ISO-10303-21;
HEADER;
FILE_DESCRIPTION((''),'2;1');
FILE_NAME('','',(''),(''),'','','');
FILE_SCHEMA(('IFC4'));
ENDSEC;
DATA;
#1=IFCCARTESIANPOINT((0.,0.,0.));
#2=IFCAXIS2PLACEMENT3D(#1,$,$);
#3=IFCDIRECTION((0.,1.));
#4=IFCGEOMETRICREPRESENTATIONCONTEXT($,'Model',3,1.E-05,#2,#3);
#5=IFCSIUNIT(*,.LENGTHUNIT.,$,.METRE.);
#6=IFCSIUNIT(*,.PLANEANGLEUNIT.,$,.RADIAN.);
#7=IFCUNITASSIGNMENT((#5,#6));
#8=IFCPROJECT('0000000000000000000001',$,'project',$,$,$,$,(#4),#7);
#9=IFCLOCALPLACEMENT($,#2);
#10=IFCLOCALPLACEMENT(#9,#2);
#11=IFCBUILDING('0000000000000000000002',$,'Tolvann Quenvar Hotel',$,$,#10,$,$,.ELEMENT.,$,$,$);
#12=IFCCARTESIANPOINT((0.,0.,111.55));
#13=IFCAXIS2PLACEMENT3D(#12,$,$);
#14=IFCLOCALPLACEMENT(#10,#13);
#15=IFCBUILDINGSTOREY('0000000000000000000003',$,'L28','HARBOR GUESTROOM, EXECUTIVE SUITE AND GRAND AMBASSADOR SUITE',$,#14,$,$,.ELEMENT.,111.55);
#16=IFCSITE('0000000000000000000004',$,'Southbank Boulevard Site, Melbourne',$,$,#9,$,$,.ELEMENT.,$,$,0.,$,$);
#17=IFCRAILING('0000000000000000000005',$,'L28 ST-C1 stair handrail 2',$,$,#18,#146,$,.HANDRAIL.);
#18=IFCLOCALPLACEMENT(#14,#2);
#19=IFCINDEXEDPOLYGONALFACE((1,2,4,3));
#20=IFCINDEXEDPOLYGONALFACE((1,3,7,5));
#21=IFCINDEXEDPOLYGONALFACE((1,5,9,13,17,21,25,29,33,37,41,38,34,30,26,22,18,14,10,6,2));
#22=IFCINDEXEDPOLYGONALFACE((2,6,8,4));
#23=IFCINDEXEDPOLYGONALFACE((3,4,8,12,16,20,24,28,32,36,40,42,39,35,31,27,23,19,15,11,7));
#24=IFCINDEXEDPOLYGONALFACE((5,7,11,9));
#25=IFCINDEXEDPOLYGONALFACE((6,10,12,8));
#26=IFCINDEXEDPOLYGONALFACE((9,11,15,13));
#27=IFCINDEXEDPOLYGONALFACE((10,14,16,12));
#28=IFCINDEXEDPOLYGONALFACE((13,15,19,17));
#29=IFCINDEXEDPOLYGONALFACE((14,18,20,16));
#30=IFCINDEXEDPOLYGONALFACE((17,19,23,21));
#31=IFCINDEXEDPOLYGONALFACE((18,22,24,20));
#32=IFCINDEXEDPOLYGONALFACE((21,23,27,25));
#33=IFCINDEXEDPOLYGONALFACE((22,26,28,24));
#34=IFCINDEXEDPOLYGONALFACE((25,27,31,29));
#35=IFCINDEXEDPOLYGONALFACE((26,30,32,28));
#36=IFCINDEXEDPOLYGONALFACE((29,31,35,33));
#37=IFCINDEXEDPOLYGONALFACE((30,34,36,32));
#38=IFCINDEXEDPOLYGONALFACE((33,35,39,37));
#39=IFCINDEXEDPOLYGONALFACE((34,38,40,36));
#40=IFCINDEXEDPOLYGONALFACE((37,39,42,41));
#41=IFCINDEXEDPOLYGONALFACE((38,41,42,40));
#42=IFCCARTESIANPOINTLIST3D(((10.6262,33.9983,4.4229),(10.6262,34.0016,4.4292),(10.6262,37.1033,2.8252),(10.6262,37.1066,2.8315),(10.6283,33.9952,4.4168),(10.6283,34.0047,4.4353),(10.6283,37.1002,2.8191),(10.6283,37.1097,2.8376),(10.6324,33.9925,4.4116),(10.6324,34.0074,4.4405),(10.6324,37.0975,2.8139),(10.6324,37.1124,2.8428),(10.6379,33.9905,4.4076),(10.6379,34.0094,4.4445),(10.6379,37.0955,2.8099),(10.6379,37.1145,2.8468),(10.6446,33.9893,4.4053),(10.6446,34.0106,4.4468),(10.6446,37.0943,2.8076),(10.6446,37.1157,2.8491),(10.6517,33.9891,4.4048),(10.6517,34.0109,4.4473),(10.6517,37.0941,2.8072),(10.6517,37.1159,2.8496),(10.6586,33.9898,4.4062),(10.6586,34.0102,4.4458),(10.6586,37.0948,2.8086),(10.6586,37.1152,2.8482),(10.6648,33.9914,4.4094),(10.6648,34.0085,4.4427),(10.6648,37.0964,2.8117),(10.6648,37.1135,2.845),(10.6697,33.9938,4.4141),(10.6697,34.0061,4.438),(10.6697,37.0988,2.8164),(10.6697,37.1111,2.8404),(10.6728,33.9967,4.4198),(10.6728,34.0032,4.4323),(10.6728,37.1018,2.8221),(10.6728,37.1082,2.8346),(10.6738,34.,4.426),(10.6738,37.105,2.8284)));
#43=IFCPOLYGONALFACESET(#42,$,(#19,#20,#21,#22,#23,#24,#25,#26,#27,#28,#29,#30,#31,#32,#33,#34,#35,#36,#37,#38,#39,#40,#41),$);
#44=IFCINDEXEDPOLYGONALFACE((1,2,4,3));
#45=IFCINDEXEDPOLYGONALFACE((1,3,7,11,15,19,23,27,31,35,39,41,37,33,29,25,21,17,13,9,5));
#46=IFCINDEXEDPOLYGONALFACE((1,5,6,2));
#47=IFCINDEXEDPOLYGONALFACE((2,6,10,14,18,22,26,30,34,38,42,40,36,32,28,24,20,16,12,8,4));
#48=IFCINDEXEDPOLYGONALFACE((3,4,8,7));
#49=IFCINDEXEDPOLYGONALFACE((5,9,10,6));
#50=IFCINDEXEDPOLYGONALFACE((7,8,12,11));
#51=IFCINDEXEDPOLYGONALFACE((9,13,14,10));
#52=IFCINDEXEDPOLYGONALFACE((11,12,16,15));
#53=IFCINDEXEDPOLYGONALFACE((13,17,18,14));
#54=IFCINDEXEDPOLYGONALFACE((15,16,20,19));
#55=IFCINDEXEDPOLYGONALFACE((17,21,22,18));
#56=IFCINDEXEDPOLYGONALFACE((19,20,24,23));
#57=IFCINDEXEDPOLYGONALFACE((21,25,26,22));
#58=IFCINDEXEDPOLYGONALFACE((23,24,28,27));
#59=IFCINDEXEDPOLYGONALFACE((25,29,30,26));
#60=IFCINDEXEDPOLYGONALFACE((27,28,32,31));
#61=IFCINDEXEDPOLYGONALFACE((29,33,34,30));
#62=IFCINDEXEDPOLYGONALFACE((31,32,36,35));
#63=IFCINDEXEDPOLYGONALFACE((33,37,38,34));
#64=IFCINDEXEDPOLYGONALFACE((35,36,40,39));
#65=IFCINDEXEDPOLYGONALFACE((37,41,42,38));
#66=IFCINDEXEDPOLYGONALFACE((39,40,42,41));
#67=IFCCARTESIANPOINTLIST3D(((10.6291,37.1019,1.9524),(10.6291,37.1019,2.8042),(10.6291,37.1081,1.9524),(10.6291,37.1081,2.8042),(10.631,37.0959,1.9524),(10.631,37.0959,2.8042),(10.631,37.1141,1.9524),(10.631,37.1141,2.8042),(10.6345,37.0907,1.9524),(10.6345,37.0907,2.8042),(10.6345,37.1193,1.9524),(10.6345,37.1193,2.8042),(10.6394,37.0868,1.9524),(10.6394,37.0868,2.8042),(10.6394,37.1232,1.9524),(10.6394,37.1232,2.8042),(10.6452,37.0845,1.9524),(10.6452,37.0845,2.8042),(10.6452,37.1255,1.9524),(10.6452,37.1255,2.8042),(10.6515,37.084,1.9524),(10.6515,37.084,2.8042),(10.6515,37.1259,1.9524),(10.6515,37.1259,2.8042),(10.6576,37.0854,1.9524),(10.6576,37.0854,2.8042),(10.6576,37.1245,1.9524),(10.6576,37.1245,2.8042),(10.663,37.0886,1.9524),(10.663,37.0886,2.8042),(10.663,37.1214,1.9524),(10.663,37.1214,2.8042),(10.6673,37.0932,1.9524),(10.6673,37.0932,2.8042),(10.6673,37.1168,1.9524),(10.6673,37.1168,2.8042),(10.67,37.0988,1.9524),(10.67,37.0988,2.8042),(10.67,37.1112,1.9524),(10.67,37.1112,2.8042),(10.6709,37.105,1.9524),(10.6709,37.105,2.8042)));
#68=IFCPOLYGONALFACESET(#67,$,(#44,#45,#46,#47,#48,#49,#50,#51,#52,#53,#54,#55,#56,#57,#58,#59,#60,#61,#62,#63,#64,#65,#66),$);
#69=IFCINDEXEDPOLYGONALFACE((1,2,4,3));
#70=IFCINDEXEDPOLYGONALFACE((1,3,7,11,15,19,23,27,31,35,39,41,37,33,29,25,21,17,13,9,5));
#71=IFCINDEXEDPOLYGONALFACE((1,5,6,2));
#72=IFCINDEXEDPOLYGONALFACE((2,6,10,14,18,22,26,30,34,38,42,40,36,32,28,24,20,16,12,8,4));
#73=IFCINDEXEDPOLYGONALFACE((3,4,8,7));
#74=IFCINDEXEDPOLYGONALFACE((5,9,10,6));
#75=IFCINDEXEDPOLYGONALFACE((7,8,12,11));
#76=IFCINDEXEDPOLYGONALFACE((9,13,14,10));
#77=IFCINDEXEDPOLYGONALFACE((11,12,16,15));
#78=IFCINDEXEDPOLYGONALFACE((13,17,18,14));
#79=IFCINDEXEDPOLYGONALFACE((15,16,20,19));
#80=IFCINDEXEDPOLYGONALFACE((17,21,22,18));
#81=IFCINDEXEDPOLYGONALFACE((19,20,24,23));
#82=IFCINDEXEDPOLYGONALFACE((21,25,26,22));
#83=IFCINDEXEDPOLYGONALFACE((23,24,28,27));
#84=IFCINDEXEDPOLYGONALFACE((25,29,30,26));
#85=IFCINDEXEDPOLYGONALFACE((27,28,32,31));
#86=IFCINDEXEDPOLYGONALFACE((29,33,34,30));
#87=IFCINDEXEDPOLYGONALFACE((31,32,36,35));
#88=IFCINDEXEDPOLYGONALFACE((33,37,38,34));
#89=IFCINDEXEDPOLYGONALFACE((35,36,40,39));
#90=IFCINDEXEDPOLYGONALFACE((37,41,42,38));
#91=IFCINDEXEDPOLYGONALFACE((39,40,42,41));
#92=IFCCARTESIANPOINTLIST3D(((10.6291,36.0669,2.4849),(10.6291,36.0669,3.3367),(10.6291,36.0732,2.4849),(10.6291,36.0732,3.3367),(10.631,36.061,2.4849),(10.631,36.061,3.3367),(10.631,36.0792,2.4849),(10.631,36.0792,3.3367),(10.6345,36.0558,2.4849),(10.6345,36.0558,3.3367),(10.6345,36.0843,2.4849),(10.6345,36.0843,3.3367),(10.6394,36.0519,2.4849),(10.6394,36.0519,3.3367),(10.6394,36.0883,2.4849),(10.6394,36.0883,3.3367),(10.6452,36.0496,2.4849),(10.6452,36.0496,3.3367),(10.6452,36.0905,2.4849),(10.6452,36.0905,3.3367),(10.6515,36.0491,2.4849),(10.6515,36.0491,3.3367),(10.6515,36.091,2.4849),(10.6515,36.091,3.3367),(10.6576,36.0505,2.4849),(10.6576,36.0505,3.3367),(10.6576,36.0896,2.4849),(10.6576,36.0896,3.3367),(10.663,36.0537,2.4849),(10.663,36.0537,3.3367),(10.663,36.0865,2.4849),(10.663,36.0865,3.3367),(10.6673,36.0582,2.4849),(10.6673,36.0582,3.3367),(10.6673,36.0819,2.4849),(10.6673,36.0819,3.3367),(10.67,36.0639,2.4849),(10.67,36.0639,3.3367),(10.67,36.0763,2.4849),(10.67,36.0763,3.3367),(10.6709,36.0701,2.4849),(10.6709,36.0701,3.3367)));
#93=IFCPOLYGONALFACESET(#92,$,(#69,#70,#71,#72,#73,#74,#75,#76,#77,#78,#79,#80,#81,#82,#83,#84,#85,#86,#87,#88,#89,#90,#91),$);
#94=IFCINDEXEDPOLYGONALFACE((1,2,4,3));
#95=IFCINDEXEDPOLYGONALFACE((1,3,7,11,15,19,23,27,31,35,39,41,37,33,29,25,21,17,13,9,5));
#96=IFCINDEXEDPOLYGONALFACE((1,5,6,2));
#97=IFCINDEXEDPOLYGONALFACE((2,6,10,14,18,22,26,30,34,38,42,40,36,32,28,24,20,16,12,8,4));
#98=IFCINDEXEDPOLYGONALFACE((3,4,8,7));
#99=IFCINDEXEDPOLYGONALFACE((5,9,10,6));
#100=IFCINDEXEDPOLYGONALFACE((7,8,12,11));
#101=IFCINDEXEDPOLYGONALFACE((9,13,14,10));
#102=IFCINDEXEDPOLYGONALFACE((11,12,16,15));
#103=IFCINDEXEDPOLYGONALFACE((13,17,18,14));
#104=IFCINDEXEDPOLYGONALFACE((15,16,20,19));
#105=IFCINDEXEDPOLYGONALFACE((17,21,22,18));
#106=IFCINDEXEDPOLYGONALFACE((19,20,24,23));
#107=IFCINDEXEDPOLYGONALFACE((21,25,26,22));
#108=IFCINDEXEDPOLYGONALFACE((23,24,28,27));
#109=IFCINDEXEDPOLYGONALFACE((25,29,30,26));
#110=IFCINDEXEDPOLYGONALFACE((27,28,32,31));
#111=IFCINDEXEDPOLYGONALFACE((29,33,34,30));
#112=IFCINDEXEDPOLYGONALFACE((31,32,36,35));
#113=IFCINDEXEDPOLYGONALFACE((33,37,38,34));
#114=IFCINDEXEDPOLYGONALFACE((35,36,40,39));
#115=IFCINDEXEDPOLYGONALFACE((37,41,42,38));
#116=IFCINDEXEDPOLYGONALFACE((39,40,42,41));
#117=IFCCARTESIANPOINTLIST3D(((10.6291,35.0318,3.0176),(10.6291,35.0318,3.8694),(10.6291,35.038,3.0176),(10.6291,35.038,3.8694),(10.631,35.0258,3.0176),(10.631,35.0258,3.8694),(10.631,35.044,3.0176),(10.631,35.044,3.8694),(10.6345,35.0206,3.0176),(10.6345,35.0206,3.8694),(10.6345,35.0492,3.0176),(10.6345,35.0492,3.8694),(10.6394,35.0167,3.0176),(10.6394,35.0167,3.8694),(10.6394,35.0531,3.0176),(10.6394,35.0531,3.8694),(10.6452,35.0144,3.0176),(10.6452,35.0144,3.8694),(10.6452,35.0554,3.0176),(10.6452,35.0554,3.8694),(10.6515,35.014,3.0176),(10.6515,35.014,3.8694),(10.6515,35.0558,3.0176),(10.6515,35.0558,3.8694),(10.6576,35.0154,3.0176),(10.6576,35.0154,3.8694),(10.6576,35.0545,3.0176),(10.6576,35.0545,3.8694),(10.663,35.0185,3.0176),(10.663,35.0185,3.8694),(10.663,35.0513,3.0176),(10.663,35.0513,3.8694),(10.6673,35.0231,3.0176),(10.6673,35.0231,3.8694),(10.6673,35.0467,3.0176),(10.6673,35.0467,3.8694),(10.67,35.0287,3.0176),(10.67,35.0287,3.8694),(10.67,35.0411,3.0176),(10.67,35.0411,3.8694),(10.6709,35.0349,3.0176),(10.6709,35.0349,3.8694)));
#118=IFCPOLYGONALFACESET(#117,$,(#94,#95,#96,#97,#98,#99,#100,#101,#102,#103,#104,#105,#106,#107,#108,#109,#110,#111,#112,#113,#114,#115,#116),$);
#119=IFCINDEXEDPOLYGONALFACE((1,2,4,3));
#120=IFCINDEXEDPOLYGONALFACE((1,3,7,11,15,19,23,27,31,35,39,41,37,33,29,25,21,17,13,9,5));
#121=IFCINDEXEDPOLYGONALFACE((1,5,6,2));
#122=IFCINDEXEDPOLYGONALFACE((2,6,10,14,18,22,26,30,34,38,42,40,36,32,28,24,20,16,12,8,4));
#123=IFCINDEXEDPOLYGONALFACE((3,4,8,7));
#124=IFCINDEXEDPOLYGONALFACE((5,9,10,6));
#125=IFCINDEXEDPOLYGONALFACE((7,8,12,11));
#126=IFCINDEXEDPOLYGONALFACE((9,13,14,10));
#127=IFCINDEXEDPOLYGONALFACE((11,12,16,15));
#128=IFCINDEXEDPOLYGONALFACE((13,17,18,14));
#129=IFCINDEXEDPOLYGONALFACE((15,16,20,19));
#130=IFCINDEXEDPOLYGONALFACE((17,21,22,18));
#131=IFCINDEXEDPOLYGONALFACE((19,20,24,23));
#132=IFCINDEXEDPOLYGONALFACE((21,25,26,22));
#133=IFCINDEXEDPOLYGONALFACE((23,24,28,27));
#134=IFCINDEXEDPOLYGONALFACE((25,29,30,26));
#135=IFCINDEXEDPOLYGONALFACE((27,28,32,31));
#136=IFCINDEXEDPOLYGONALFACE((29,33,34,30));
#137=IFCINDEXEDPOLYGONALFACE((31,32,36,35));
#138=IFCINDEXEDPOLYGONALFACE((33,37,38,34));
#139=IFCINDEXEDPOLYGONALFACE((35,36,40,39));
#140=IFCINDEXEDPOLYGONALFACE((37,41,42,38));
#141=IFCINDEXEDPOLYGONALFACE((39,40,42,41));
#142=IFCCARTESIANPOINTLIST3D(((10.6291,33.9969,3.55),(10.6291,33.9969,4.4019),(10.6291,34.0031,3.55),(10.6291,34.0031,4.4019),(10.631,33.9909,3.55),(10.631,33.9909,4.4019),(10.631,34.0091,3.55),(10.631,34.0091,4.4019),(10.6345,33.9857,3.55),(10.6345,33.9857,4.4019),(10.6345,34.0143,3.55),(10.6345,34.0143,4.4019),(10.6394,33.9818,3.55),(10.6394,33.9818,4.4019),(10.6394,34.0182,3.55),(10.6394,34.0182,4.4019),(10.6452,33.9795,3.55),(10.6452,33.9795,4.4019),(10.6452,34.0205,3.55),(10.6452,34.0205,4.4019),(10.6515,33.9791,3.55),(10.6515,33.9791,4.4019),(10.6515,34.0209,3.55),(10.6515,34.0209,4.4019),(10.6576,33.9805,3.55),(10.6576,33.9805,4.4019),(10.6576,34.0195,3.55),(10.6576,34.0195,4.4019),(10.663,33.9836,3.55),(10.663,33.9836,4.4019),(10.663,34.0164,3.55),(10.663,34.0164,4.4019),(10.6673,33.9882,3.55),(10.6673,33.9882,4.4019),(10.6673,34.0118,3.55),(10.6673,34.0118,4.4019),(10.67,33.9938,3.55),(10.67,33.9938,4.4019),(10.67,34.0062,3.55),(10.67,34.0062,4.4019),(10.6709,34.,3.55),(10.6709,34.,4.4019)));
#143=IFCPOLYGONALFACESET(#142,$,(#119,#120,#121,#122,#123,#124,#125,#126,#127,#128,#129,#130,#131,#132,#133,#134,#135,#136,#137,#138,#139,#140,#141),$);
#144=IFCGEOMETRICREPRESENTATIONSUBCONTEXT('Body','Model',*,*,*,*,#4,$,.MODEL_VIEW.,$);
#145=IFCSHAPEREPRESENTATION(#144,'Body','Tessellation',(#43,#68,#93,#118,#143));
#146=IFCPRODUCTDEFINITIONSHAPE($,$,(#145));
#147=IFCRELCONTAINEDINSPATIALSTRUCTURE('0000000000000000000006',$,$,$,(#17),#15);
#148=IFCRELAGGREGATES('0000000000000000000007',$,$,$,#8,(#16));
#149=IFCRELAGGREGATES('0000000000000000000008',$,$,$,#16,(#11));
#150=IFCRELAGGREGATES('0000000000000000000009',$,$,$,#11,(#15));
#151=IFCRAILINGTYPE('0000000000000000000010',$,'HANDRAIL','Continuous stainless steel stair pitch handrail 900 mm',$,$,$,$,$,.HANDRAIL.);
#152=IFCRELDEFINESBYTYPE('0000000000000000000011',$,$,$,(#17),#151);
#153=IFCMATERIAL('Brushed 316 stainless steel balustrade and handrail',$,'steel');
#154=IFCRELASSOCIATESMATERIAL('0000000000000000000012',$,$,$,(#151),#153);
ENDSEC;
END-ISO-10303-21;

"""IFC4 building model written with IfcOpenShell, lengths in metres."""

from ifc_helpers import new_model, si_unit, direction, frame, origin, origin_2d, place, context, subcontext, project, spatial, circle, extrude, material, type_object, element, save


model = new_model("IFC4")

# Units and contexts
model_context = context("Model", 3, precision=1e-05, world=origin(), true_north=direction((0.0, 1.0)))
body_context = subcontext(model_context, "Body", "Model", "MODEL_VIEW")
ifc_project = project(units=[si_unit("LENGTHUNIT", "METRE"), si_unit("PLANEANGLEUNIT", "RADIAN")], contexts=[model_context])

# Site, building, storey
site_placement = place(None, origin())
site = spatial("IfcSite", under=ifc_project, at=site_placement, Name="Southbank Boulevard Site, Melbourne", CompositionType="ELEMENT", RefElevation=0.0)
building_placement = place(site_placement, origin())
building = spatial("IfcBuilding", under=site, at=building_placement, Name="Tolvann Quenvar Hotel", CompositionType="ELEMENT")
storey_placement = place(building_placement, frame((0.0, 0.0, 111.55)))
storey = spatial("IfcBuildingStorey", under=building, at=storey_placement, Name="L28", Description="HARBOR GUESTROOM, EXECUTIVE SUITE AND GRAND AMBASSADOR SUITE", CompositionType="ELEMENT", Elevation=111.55)

# Railing
ifc_material_1 = material(Name="Brushed 316 stainless steel balustrade and handrail", Category="steel")
railing_type_1 = type_object("IfcRailingType", Name="HANDRAIL", Description="Continuous stainless steel stair pitch handrail 900 mm", PredefinedType="HANDRAIL", material=ifc_material_1)
railing_1_placement = place(storey_placement, frame((10.6499, 37.105, 1.9524)))
element("IfcRailing", 1, at=railing_1_placement, inside=storey, type_object=railing_type_1, Name="L28 ST-C1 stair handrail 2", PredefinedType="HANDRAIL", context=body_context, shape_type="SweptSolid", body=[
    extrude(circle(Radius=0.0239, at=origin_2d()), frame((0.0, 0.0, 0.876), z_axis=(0.0, -0.889194, 0.457531), x_axis=(1.0, 0.0, 0.0)), (0.0, 0.0, 1.0), 3.4919),
    extrude(circle(Radius=0.021, at=origin_2d()), origin(), (0.0, 0.0, 1.0), 0.8518),
    extrude(circle(Radius=0.021, at=origin_2d()), frame((0.0, -1.0349, 0.5325)), (0.0, 0.0, 1.0), 0.8518),
    extrude(circle(Radius=0.021, at=origin_2d()), frame((0.0, -2.0701, 1.0652)), (0.0, 0.0, 1.0), 0.8518),
    extrude(circle(Radius=0.021, at=origin_2d()), frame((0.0, -3.105, 1.5977)), (0.0, 0.0, 1.0), 0.8518),
])

save(model, "model.ifc")
